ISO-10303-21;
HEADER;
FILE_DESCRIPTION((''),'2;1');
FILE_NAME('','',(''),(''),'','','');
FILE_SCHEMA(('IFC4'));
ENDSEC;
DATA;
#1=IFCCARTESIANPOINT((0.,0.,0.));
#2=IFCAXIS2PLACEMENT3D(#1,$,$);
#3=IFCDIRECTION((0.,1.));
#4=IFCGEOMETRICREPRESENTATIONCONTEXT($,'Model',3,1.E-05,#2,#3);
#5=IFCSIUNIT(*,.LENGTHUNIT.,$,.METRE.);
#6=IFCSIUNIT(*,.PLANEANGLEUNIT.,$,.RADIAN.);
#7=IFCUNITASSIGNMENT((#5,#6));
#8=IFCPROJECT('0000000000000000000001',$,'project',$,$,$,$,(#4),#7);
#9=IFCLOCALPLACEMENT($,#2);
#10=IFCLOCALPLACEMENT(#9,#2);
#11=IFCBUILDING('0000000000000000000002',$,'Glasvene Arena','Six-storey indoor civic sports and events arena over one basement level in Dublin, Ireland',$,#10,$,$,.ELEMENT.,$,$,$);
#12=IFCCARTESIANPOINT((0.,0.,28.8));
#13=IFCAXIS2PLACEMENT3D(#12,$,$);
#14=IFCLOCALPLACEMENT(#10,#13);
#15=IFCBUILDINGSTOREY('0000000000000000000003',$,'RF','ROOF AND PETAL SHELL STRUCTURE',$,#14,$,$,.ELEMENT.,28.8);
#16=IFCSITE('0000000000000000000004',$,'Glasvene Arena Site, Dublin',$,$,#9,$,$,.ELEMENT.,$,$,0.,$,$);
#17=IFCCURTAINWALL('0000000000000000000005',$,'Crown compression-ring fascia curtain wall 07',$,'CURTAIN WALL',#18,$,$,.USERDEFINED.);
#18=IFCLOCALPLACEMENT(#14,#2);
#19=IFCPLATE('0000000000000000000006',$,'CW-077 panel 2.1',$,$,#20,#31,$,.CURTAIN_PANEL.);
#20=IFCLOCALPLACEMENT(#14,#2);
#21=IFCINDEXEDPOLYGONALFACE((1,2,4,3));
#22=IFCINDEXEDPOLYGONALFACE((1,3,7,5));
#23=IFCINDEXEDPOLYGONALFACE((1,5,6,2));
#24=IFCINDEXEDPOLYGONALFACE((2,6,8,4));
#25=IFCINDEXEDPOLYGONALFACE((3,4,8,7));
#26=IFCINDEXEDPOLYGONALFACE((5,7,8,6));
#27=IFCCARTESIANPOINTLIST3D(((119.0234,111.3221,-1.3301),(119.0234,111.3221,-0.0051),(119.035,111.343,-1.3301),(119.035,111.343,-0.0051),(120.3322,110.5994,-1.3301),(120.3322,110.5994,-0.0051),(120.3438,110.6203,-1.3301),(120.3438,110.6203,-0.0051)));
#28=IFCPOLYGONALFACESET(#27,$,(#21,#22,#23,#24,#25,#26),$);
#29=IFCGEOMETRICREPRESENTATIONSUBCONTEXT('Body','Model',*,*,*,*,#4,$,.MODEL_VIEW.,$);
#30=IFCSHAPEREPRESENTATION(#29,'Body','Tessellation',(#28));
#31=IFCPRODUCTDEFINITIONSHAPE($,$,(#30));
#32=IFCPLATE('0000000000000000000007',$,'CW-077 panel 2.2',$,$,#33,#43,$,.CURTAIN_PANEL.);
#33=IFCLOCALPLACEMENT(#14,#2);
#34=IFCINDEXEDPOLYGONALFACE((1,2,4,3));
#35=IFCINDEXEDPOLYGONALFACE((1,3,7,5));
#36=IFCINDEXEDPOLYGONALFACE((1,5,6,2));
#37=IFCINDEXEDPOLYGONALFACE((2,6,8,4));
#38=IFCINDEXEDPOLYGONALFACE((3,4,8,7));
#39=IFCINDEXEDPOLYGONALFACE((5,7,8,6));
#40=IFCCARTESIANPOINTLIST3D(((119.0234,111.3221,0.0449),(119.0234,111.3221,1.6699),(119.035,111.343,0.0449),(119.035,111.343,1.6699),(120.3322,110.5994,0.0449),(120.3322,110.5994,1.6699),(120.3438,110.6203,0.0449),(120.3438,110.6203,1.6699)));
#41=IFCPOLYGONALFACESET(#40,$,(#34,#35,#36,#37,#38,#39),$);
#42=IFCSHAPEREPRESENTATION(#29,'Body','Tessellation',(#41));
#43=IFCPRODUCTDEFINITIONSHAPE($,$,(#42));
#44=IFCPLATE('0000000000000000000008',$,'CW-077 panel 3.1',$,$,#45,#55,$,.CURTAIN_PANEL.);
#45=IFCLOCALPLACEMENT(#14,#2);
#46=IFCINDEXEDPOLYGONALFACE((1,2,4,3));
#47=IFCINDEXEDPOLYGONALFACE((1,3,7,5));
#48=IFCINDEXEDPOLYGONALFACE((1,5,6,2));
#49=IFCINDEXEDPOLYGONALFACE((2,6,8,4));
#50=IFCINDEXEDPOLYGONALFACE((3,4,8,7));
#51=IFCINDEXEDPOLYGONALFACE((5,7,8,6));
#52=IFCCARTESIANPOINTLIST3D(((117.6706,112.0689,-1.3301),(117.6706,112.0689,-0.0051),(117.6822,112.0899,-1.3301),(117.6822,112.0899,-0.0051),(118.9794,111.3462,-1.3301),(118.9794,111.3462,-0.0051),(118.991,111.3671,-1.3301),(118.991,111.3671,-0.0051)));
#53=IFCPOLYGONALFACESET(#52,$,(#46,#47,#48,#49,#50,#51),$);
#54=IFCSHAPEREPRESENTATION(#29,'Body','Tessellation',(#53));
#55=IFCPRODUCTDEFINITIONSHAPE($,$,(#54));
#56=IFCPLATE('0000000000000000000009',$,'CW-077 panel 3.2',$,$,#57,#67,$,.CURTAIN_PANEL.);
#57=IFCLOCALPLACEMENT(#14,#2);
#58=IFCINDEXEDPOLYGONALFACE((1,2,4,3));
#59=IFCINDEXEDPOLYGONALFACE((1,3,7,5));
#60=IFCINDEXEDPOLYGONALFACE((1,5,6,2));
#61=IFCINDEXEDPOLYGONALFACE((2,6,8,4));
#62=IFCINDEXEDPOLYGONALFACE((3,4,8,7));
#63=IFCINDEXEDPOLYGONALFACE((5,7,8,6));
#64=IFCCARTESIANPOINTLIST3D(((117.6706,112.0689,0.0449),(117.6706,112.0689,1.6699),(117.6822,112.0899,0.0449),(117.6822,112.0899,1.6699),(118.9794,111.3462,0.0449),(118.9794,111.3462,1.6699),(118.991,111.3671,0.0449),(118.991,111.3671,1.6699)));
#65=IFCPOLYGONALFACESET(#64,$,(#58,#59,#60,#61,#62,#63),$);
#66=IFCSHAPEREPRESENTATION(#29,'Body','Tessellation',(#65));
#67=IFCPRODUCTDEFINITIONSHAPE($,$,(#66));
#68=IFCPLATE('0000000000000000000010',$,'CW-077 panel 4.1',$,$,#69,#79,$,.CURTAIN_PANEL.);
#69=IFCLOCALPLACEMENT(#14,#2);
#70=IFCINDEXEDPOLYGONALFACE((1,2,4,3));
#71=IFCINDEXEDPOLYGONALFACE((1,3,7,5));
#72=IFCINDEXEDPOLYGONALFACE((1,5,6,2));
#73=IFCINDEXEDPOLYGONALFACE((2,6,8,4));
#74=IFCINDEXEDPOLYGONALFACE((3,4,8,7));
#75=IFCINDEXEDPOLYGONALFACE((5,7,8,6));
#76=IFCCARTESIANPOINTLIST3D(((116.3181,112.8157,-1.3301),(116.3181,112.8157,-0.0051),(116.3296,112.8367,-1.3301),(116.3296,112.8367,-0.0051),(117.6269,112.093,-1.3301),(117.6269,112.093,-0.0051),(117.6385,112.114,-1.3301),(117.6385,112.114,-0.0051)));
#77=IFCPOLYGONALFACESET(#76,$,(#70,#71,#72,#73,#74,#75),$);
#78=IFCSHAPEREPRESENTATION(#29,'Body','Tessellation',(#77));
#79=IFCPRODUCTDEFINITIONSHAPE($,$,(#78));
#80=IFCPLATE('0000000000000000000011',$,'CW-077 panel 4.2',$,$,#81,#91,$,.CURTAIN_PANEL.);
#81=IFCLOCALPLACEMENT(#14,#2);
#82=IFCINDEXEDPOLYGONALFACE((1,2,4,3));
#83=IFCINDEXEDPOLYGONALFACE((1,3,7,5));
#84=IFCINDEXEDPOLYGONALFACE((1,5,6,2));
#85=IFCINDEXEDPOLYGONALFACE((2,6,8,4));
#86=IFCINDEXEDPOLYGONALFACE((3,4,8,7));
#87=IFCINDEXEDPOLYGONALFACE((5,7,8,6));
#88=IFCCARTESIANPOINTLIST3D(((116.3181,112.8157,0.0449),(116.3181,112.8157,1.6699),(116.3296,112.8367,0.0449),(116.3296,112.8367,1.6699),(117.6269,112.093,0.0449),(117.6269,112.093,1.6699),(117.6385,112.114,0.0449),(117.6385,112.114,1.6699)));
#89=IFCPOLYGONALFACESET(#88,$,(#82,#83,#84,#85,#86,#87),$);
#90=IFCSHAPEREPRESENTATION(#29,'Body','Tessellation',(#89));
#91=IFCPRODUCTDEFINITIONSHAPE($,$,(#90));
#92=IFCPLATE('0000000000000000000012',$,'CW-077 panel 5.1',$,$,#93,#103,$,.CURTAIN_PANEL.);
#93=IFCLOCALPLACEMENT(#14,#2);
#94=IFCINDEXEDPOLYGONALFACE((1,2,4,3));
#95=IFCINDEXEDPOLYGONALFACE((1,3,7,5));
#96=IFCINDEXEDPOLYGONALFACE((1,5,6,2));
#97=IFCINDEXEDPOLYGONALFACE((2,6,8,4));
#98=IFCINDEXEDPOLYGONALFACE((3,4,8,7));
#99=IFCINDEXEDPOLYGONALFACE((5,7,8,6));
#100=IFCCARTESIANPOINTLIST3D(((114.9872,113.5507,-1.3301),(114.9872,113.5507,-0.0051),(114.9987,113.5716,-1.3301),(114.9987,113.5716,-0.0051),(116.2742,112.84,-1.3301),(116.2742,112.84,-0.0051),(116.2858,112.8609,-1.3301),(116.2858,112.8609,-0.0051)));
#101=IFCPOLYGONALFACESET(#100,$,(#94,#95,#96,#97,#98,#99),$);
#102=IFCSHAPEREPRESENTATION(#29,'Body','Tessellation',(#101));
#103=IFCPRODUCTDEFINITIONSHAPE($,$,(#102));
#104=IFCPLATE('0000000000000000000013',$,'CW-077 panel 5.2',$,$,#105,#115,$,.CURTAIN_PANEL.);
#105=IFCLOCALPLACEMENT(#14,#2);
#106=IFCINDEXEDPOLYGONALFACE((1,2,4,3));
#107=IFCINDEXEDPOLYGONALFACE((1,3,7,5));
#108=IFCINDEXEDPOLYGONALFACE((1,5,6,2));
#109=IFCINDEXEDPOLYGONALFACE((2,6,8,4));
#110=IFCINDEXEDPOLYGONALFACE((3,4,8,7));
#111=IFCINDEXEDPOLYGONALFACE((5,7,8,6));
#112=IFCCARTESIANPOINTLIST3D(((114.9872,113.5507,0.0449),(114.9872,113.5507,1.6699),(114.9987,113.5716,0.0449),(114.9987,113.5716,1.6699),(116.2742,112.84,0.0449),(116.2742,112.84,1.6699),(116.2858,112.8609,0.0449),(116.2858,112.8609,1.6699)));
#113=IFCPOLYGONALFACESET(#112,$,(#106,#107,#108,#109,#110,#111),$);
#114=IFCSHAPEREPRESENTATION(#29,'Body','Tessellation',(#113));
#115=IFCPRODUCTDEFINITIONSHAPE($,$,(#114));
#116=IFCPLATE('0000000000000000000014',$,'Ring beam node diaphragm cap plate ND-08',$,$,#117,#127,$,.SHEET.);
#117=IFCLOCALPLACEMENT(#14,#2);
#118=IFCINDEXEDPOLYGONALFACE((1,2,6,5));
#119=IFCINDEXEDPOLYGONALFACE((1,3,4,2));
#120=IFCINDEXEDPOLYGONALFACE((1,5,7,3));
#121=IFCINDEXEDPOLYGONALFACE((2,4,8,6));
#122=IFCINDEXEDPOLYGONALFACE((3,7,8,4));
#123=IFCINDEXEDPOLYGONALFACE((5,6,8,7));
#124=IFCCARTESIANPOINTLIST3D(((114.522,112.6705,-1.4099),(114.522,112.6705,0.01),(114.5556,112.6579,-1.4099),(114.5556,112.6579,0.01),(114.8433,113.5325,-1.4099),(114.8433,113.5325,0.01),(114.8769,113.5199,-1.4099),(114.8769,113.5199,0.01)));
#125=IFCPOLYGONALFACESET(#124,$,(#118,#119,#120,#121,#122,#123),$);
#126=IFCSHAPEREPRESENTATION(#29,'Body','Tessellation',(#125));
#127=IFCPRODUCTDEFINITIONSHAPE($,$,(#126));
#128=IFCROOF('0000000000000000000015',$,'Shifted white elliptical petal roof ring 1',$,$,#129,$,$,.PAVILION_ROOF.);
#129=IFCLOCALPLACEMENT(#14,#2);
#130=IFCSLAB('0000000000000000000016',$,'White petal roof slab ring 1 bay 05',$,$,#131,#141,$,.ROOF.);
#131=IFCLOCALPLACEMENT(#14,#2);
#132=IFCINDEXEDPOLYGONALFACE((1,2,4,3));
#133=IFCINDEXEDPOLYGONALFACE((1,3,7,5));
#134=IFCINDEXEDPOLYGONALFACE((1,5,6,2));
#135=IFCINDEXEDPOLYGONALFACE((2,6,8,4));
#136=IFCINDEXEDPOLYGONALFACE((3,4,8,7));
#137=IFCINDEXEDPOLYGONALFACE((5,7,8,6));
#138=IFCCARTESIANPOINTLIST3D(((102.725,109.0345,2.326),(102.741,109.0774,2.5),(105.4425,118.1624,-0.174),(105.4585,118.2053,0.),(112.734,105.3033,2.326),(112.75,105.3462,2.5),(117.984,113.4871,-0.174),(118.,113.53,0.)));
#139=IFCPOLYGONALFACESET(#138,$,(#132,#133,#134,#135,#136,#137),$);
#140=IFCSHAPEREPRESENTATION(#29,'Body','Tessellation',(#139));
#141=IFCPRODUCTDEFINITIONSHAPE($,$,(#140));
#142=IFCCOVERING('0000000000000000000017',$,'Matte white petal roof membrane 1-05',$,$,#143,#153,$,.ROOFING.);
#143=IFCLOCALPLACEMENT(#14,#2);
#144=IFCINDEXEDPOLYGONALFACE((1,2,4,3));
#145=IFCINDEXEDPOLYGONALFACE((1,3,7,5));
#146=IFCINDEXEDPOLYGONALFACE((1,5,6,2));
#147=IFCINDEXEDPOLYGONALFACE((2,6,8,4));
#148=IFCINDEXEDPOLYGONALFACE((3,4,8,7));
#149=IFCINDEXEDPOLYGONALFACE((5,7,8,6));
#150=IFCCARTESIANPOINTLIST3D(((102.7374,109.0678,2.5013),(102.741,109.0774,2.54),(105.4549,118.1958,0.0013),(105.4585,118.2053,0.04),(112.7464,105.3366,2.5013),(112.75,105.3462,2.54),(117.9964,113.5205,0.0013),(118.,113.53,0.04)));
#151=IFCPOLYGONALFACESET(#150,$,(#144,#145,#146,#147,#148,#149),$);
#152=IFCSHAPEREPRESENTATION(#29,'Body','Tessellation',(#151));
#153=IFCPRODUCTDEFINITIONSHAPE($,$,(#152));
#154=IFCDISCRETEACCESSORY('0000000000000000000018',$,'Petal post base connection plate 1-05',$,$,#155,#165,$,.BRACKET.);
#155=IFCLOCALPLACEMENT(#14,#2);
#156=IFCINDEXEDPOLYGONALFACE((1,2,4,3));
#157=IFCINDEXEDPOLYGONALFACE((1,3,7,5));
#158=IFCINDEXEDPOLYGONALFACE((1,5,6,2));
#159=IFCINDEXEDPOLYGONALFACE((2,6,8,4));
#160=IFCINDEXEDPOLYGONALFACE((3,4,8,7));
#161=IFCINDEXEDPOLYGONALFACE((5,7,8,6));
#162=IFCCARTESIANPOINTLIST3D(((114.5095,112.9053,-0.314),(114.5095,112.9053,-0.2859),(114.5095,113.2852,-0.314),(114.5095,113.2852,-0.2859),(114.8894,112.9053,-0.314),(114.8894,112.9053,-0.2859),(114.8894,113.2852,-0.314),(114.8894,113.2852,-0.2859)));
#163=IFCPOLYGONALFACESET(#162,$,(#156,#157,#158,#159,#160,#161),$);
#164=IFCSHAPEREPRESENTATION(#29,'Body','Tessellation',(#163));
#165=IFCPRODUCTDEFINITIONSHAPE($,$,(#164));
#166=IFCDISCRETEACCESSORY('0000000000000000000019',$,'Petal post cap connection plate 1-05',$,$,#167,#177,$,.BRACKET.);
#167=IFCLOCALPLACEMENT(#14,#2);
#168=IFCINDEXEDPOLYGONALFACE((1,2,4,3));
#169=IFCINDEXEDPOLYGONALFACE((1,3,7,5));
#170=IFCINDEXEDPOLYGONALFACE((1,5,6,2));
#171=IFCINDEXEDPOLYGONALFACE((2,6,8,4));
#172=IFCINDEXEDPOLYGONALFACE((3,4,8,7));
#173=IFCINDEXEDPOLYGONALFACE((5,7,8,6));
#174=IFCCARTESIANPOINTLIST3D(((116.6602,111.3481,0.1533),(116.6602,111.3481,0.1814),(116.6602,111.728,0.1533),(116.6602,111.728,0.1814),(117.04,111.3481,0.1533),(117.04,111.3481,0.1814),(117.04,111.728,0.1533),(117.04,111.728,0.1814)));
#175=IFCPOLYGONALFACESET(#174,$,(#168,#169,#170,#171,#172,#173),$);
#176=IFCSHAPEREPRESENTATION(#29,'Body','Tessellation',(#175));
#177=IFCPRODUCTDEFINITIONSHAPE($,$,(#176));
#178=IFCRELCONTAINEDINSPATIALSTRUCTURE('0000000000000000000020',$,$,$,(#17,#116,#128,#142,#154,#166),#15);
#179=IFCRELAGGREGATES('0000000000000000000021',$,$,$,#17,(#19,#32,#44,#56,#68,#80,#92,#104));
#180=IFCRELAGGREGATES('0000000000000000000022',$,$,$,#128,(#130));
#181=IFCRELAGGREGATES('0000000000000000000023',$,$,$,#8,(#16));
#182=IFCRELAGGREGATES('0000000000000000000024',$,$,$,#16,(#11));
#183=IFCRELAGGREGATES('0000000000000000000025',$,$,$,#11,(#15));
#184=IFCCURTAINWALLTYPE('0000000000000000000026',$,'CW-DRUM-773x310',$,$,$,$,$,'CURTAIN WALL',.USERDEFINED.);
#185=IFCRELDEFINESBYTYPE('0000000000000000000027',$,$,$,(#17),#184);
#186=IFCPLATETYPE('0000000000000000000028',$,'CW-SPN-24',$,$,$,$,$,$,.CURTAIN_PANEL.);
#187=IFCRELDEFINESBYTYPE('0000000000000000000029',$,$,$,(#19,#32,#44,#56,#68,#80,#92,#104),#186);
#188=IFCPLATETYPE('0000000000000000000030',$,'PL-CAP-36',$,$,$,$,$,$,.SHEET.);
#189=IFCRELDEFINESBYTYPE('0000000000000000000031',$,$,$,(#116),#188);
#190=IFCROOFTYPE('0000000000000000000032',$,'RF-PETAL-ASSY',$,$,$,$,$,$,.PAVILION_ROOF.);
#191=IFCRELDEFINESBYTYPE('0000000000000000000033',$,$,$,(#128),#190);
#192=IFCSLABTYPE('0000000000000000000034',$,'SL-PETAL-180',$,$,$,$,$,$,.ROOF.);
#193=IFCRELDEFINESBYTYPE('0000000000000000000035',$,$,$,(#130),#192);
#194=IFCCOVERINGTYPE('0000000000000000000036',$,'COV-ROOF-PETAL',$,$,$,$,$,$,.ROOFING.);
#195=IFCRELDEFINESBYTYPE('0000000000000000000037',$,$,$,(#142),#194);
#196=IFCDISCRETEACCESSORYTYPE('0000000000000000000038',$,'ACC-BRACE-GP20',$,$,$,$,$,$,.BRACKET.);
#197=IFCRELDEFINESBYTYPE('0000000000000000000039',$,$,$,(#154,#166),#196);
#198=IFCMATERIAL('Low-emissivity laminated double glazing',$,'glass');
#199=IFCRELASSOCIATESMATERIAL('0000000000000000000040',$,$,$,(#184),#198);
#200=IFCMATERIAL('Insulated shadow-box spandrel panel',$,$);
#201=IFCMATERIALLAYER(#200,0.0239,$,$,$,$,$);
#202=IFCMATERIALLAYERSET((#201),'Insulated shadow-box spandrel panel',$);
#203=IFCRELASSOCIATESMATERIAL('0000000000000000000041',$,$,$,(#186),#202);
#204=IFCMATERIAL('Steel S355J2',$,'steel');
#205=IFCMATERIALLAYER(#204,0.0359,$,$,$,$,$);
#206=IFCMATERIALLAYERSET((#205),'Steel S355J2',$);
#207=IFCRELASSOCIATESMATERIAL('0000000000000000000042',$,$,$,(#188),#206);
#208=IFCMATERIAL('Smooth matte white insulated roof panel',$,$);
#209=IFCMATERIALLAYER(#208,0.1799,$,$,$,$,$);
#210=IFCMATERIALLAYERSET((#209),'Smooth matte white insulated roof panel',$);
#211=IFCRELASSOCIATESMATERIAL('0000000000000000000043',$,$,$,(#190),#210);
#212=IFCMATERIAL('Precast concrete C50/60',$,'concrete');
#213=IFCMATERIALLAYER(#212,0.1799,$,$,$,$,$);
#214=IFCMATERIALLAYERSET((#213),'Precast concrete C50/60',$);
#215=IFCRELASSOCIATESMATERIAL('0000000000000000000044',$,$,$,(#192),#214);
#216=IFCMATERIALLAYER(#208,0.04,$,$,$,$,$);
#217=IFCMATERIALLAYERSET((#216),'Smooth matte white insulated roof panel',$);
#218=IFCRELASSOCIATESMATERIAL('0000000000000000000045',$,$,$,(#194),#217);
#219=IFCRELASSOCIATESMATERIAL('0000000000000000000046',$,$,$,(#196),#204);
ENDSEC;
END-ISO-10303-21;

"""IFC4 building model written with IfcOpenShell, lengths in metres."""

from ifc_helpers import new_model, si_unit, direction, frame, origin, origin_2d, place, context, subcontext, project, spatial, polyline, rectangle, outline, extrude, material, layer, layer_set, type_object, element, aggregate, save


model = new_model("IFC4")

# Units and contexts
model_context = context("Model", 3, precision=1e-05, world=origin(), true_north=direction((0.0, 1.0)))
body_context = subcontext(model_context, "Body", "Model", "MODEL_VIEW")
ifc_project = project(units=[si_unit("LENGTHUNIT", "METRE"), si_unit("PLANEANGLEUNIT", "RADIAN")], contexts=[model_context])

# Site, building, storey
site_placement = place(None, origin())
site = spatial("IfcSite", under=ifc_project, at=site_placement, Name="Glasvene Arena Site, Dublin", CompositionType="ELEMENT", RefElevation=0.0)
building_placement = place(site_placement, origin())
building = spatial("IfcBuilding", under=site, at=building_placement, Name="Glasvene Arena", Description="Six-storey indoor civic sports and events arena over one basement level in Dublin, Ireland", CompositionType="ELEMENT")
storey_placement = place(building_placement, frame((0.0, 0.0, 28.8)))
storey = spatial("IfcBuildingStorey", under=building, at=storey_placement, Name="RF", Description="ROOF AND PETAL SHELL STRUCTURE", CompositionType="ELEMENT", Elevation=28.8)

# Shared definitions
ifc_material_1 = material(Name="Steel S355J2", Category="steel")

# Curtain wall
ifc_material_2 = material(Name="Low-emissivity laminated double glazing", Category="glass")
curtain_wall_type_1 = type_object("IfcCurtainWallType", Name="CW-DRUM-773x310", ElementType="CURTAIN WALL", PredefinedType="USERDEFINED", material=ifc_material_2)
curtain_wall_1_placement = place(storey_placement, frame((121.7124, 109.8506, 0.0)))
curtain_wall_1 = element("IfcCurtainWall", 1, at=curtain_wall_1_placement, inside=storey, type_object=curtain_wall_type_1, Name="Crown compression-ring fascia curtain wall 07", ObjectType="CURTAIN WALL", PredefinedType="USERDEFINED")

# Plates
ifc_material_3 = material(Name="Insulated shadow-box spandrel panel")
ifc_layer_1 = layer(ifc_material_3, 0.0239)
ifc_layer_set_1 = layer_set([ifc_layer_1], Name="Insulated shadow-box spandrel panel")
plate_type_1 = type_object("IfcPlateType", Name="CW-SPN-24", PredefinedType="CURTAIN_PANEL", material=ifc_layer_set_1)
plate_1_placement = place(storey_placement, frame((119.6836, 110.9712, -1.3301), z_axis=(0.0, 0.0, 1.0), x_axis=(-0.875407, 0.483387, 0.0)))
plate_1 = element("IfcPlate", 2, at=plate_1_placement, type_object=plate_type_1, Name="CW-077 panel 2.1", PredefinedType="CURTAIN_PANEL", context=body_context, shape_type="SweptSolid", body=[
    extrude(rectangle(XDim=1.4951, YDim=0.0239, at=origin_2d()), origin(), (0.0, 0.0, 1.0), 1.325),
])
plate_2_placement = place(storey_placement, frame((119.6836, 110.9712, 0.0449), z_axis=(0.0, 0.0, 1.0), x_axis=(-0.875407, 0.483387, 0.0)))
plate_2 = element("IfcPlate", 3, at=plate_2_placement, type_object=plate_type_1, Name="CW-077 panel 2.2", PredefinedType="CURTAIN_PANEL", context=body_context, shape_type="SweptSolid", body=[
    extrude(rectangle(XDim=1.4951, YDim=0.0239, at=origin_2d()), origin(), (0.0, 0.0, 1.0), 1.625),
])
plate_3_placement = place(storey_placement, frame((118.3308, 111.718, -1.3301), z_axis=(0.0, 0.0, 1.0), x_axis=(-0.875407, 0.483387, 0.0)))
plate_3 = element("IfcPlate", 4, at=plate_3_placement, type_object=plate_type_1, Name="CW-077 panel 3.1", PredefinedType="CURTAIN_PANEL", context=body_context, shape_type="SweptSolid", body=[
    extrude(rectangle(XDim=1.4951, YDim=0.0239, at=origin_2d()), origin(), (0.0, 0.0, 1.0), 1.325),
])
plate_4_placement = place(storey_placement, frame((118.3308, 111.718, 0.0449), z_axis=(0.0, 0.0, 1.0), x_axis=(-0.875407, 0.483387, 0.0)))
plate_4 = element("IfcPlate", 5, at=plate_4_placement, type_object=plate_type_1, Name="CW-077 panel 3.2", PredefinedType="CURTAIN_PANEL", context=body_context, shape_type="SweptSolid", body=[
    extrude(rectangle(XDim=1.4951, YDim=0.0239, at=origin_2d()), origin(), (0.0, 0.0, 1.0), 1.625),
])
plate_5_placement = place(storey_placement, frame((116.9783, 112.4648, -1.3301), z_axis=(0.0, 0.0, 1.0), x_axis=(-0.875407, 0.483387, 0.0)))
plate_5 = element("IfcPlate", 6, at=plate_5_placement, type_object=plate_type_1, Name="CW-077 panel 4.1", PredefinedType="CURTAIN_PANEL", context=body_context, shape_type="SweptSolid", body=[
    extrude(rectangle(XDim=1.4951, YDim=0.0239, at=origin_2d()), origin(), (0.0, 0.0, 1.0), 1.325),
])
plate_6_placement = place(storey_placement, frame((116.9783, 112.4648, 0.0449), z_axis=(0.0, 0.0, 1.0), x_axis=(-0.875407, 0.483387, 0.0)))
plate_6 = element("IfcPlate", 7, at=plate_6_placement, type_object=plate_type_1, Name="CW-077 panel 4.2", PredefinedType="CURTAIN_PANEL", context=body_context, shape_type="SweptSolid", body=[
    extrude(rectangle(XDim=1.4951, YDim=0.0239, at=origin_2d()), origin(), (0.0, 0.0, 1.0), 1.625),
])
plate_7_placement = place(storey_placement, frame((115.6365, 113.2058, -1.3301), z_axis=(0.0, 0.0, 1.0), x_axis=(-0.875407, 0.483387, 0.0)))
plate_7 = element("IfcPlate", 8, at=plate_7_placement, type_object=plate_type_1, Name="CW-077 panel 5.1", PredefinedType="CURTAIN_PANEL", context=body_context, shape_type="SweptSolid", body=[
    extrude(rectangle(XDim=1.4702, YDim=0.0239, at=origin_2d()), origin(), (0.0, 0.0, 1.0), 1.325),
])
plate_8_placement = place(storey_placement, frame((115.6365, 113.2058, 0.0449), z_axis=(0.0, 0.0, 1.0), x_axis=(-0.875407, 0.483387, 0.0)))
plate_8 = element("IfcPlate", 9, at=plate_8_placement, type_object=plate_type_1, Name="CW-077 panel 5.2", PredefinedType="CURTAIN_PANEL", context=body_context, shape_type="SweptSolid", body=[
    extrude(rectangle(XDim=1.4702, YDim=0.0239, at=origin_2d()), origin(), (0.0, 0.0, 1.0), 1.625),
])
aggregate(curtain_wall_1, [plate_1, plate_2, plate_3, plate_4, plate_5, plate_6, plate_7, plate_8])
ifc_layer_2 = layer(ifc_material_1, 0.0359)
ifc_layer_set_2 = layer_set([ifc_layer_2], Name="Steel S355J2")
plate_type_2 = type_object("IfcPlateType", Name="PL-CAP-36", PredefinedType="SHEET", material=ifc_layer_set_2)
plate_9_placement = place(storey_placement, frame((114.6995, 113.0952, -1.4099), z_axis=(0.0, 0.0, 1.0), x_axis=(-0.937038, 0.349226, 0.0)))
element("IfcPlate", 10, at=plate_9_placement, inside=storey, type_object=plate_type_2, Name="Ring beam node diaphragm cap plate ND-08", PredefinedType="SHEET", context=body_context, shape_type="SweptSolid", body=[
    extrude(rectangle(XDim=0.0359, YDim=0.9199, at=origin_2d()), origin(), (0.0, 0.0, 1.0), 1.4199),
])

# Roof, slab
ifc_material_4 = material(Name="Smooth matte white insulated roof panel")
ifc_layer_3 = layer(ifc_material_4, 0.1799)
ifc_layer_set_3 = layer_set([ifc_layer_3], Name="Smooth matte white insulated roof panel")
roof_type = type_object("IfcRoofType", Name="RF-PETAL-ASSY", PredefinedType="PAVILION_ROOF", material=ifc_layer_set_3)
roof_placement = place(storey_placement, frame((92.0, 73.0, 0.0)))
roof = element("IfcRoof", 11, at=roof_placement, inside=storey, type_object=roof_type, Name="Shifted white elliptical petal roof ring 1", PredefinedType="PAVILION_ROOF")
ifc_material_5 = material(Name="Precast concrete C50/60", Category="concrete")
ifc_layer_4 = layer(ifc_material_5, 0.1799)
ifc_layer_set_4 = layer_set([ifc_layer_4], Name="Precast concrete C50/60")
slab_type = type_object("IfcSlabType", Name="SL-PETAL-180", PredefinedType="ROOF", material=ifc_layer_set_4)
slab_placement = place(storey_placement, frame((118.0, 113.53, 0.0), z_axis=(0.088876, 0.238411, 0.967089), x_axis=(-0.93701, 0.349304, 0.0)))
slab = element("IfcSlab", 12, at=slab_placement, type_object=slab_type, Name="White petal roof slab ring 1 bay 05", PredefinedType="ROOF", context=body_context, shape_type="SweptSolid", body=[
    extrude(outline(polyline([(0.0, 0.0), (13.3846, 0.0), (12.7425, 9.8256), (2.0607, 9.8255), (0.0, 0.0)])), origin(), (0.0, 0.0, -1.0), 0.1799),
])
aggregate(roof, [slab])

# Covering
ifc_layer_5 = layer(ifc_material_4, 0.04)
ifc_layer_set_5 = layer_set([ifc_layer_5], Name="Smooth matte white insulated roof panel")
covering_type = type_object("IfcCoveringType", Name="COV-ROOF-PETAL", PredefinedType="ROOFING", material=ifc_layer_set_5)
covering_placement = place(storey_placement, frame((118.0, 113.53, 0.04), z_axis=(0.088876, 0.238411, 0.967089), x_axis=(-0.93701, 0.349304, 0.0)))
element("IfcCovering", 13, at=covering_placement, inside=storey, type_object=covering_type, Name="Matte white petal roof membrane 1-05", PredefinedType="ROOFING", context=body_context, shape_type="SweptSolid", body=[
    extrude(outline(polyline([(0.0, 0.0), (13.3846, 0.0), (12.7425, 9.8256), (2.0607, 9.8255), (0.0, 0.0)])), origin(), (0.0, 0.0, -1.0), 0.04),
])

# Discrete accessories
discrete_accessory_type = type_object("IfcDiscreteAccessoryType", Name="ACC-BRACE-GP20", PredefinedType="BRACKET", material=ifc_material_1)
for number, where, z_axis, x_axis, name in (
    (14, (114.6995, 113.0952, -0.314), (0.0, 0.0, 1.0), (1.0, 0.0, 0.0), "Petal post base connection plate 1-05"),
    (15, (116.8501, 111.5381, 0.1533), (0.0, 0.0, 1.0), (1.0, 0.0, 0.0), "Petal post cap connection plate 1-05"),
):
    element("IfcDiscreteAccessory", number, at=place(storey_placement, frame(where, z_axis=z_axis, x_axis=x_axis)), inside=storey, type_object=discrete_accessory_type, Name=name, PredefinedType="BRACKET", context=body_context, shape_type="SweptSolid", body=[
        extrude(rectangle(XDim=0.3799, YDim=0.3799, at=origin_2d()), origin(), (0.0, 0.0, 1.0), 0.0281),
    ])

save(model, "model.ifc")
